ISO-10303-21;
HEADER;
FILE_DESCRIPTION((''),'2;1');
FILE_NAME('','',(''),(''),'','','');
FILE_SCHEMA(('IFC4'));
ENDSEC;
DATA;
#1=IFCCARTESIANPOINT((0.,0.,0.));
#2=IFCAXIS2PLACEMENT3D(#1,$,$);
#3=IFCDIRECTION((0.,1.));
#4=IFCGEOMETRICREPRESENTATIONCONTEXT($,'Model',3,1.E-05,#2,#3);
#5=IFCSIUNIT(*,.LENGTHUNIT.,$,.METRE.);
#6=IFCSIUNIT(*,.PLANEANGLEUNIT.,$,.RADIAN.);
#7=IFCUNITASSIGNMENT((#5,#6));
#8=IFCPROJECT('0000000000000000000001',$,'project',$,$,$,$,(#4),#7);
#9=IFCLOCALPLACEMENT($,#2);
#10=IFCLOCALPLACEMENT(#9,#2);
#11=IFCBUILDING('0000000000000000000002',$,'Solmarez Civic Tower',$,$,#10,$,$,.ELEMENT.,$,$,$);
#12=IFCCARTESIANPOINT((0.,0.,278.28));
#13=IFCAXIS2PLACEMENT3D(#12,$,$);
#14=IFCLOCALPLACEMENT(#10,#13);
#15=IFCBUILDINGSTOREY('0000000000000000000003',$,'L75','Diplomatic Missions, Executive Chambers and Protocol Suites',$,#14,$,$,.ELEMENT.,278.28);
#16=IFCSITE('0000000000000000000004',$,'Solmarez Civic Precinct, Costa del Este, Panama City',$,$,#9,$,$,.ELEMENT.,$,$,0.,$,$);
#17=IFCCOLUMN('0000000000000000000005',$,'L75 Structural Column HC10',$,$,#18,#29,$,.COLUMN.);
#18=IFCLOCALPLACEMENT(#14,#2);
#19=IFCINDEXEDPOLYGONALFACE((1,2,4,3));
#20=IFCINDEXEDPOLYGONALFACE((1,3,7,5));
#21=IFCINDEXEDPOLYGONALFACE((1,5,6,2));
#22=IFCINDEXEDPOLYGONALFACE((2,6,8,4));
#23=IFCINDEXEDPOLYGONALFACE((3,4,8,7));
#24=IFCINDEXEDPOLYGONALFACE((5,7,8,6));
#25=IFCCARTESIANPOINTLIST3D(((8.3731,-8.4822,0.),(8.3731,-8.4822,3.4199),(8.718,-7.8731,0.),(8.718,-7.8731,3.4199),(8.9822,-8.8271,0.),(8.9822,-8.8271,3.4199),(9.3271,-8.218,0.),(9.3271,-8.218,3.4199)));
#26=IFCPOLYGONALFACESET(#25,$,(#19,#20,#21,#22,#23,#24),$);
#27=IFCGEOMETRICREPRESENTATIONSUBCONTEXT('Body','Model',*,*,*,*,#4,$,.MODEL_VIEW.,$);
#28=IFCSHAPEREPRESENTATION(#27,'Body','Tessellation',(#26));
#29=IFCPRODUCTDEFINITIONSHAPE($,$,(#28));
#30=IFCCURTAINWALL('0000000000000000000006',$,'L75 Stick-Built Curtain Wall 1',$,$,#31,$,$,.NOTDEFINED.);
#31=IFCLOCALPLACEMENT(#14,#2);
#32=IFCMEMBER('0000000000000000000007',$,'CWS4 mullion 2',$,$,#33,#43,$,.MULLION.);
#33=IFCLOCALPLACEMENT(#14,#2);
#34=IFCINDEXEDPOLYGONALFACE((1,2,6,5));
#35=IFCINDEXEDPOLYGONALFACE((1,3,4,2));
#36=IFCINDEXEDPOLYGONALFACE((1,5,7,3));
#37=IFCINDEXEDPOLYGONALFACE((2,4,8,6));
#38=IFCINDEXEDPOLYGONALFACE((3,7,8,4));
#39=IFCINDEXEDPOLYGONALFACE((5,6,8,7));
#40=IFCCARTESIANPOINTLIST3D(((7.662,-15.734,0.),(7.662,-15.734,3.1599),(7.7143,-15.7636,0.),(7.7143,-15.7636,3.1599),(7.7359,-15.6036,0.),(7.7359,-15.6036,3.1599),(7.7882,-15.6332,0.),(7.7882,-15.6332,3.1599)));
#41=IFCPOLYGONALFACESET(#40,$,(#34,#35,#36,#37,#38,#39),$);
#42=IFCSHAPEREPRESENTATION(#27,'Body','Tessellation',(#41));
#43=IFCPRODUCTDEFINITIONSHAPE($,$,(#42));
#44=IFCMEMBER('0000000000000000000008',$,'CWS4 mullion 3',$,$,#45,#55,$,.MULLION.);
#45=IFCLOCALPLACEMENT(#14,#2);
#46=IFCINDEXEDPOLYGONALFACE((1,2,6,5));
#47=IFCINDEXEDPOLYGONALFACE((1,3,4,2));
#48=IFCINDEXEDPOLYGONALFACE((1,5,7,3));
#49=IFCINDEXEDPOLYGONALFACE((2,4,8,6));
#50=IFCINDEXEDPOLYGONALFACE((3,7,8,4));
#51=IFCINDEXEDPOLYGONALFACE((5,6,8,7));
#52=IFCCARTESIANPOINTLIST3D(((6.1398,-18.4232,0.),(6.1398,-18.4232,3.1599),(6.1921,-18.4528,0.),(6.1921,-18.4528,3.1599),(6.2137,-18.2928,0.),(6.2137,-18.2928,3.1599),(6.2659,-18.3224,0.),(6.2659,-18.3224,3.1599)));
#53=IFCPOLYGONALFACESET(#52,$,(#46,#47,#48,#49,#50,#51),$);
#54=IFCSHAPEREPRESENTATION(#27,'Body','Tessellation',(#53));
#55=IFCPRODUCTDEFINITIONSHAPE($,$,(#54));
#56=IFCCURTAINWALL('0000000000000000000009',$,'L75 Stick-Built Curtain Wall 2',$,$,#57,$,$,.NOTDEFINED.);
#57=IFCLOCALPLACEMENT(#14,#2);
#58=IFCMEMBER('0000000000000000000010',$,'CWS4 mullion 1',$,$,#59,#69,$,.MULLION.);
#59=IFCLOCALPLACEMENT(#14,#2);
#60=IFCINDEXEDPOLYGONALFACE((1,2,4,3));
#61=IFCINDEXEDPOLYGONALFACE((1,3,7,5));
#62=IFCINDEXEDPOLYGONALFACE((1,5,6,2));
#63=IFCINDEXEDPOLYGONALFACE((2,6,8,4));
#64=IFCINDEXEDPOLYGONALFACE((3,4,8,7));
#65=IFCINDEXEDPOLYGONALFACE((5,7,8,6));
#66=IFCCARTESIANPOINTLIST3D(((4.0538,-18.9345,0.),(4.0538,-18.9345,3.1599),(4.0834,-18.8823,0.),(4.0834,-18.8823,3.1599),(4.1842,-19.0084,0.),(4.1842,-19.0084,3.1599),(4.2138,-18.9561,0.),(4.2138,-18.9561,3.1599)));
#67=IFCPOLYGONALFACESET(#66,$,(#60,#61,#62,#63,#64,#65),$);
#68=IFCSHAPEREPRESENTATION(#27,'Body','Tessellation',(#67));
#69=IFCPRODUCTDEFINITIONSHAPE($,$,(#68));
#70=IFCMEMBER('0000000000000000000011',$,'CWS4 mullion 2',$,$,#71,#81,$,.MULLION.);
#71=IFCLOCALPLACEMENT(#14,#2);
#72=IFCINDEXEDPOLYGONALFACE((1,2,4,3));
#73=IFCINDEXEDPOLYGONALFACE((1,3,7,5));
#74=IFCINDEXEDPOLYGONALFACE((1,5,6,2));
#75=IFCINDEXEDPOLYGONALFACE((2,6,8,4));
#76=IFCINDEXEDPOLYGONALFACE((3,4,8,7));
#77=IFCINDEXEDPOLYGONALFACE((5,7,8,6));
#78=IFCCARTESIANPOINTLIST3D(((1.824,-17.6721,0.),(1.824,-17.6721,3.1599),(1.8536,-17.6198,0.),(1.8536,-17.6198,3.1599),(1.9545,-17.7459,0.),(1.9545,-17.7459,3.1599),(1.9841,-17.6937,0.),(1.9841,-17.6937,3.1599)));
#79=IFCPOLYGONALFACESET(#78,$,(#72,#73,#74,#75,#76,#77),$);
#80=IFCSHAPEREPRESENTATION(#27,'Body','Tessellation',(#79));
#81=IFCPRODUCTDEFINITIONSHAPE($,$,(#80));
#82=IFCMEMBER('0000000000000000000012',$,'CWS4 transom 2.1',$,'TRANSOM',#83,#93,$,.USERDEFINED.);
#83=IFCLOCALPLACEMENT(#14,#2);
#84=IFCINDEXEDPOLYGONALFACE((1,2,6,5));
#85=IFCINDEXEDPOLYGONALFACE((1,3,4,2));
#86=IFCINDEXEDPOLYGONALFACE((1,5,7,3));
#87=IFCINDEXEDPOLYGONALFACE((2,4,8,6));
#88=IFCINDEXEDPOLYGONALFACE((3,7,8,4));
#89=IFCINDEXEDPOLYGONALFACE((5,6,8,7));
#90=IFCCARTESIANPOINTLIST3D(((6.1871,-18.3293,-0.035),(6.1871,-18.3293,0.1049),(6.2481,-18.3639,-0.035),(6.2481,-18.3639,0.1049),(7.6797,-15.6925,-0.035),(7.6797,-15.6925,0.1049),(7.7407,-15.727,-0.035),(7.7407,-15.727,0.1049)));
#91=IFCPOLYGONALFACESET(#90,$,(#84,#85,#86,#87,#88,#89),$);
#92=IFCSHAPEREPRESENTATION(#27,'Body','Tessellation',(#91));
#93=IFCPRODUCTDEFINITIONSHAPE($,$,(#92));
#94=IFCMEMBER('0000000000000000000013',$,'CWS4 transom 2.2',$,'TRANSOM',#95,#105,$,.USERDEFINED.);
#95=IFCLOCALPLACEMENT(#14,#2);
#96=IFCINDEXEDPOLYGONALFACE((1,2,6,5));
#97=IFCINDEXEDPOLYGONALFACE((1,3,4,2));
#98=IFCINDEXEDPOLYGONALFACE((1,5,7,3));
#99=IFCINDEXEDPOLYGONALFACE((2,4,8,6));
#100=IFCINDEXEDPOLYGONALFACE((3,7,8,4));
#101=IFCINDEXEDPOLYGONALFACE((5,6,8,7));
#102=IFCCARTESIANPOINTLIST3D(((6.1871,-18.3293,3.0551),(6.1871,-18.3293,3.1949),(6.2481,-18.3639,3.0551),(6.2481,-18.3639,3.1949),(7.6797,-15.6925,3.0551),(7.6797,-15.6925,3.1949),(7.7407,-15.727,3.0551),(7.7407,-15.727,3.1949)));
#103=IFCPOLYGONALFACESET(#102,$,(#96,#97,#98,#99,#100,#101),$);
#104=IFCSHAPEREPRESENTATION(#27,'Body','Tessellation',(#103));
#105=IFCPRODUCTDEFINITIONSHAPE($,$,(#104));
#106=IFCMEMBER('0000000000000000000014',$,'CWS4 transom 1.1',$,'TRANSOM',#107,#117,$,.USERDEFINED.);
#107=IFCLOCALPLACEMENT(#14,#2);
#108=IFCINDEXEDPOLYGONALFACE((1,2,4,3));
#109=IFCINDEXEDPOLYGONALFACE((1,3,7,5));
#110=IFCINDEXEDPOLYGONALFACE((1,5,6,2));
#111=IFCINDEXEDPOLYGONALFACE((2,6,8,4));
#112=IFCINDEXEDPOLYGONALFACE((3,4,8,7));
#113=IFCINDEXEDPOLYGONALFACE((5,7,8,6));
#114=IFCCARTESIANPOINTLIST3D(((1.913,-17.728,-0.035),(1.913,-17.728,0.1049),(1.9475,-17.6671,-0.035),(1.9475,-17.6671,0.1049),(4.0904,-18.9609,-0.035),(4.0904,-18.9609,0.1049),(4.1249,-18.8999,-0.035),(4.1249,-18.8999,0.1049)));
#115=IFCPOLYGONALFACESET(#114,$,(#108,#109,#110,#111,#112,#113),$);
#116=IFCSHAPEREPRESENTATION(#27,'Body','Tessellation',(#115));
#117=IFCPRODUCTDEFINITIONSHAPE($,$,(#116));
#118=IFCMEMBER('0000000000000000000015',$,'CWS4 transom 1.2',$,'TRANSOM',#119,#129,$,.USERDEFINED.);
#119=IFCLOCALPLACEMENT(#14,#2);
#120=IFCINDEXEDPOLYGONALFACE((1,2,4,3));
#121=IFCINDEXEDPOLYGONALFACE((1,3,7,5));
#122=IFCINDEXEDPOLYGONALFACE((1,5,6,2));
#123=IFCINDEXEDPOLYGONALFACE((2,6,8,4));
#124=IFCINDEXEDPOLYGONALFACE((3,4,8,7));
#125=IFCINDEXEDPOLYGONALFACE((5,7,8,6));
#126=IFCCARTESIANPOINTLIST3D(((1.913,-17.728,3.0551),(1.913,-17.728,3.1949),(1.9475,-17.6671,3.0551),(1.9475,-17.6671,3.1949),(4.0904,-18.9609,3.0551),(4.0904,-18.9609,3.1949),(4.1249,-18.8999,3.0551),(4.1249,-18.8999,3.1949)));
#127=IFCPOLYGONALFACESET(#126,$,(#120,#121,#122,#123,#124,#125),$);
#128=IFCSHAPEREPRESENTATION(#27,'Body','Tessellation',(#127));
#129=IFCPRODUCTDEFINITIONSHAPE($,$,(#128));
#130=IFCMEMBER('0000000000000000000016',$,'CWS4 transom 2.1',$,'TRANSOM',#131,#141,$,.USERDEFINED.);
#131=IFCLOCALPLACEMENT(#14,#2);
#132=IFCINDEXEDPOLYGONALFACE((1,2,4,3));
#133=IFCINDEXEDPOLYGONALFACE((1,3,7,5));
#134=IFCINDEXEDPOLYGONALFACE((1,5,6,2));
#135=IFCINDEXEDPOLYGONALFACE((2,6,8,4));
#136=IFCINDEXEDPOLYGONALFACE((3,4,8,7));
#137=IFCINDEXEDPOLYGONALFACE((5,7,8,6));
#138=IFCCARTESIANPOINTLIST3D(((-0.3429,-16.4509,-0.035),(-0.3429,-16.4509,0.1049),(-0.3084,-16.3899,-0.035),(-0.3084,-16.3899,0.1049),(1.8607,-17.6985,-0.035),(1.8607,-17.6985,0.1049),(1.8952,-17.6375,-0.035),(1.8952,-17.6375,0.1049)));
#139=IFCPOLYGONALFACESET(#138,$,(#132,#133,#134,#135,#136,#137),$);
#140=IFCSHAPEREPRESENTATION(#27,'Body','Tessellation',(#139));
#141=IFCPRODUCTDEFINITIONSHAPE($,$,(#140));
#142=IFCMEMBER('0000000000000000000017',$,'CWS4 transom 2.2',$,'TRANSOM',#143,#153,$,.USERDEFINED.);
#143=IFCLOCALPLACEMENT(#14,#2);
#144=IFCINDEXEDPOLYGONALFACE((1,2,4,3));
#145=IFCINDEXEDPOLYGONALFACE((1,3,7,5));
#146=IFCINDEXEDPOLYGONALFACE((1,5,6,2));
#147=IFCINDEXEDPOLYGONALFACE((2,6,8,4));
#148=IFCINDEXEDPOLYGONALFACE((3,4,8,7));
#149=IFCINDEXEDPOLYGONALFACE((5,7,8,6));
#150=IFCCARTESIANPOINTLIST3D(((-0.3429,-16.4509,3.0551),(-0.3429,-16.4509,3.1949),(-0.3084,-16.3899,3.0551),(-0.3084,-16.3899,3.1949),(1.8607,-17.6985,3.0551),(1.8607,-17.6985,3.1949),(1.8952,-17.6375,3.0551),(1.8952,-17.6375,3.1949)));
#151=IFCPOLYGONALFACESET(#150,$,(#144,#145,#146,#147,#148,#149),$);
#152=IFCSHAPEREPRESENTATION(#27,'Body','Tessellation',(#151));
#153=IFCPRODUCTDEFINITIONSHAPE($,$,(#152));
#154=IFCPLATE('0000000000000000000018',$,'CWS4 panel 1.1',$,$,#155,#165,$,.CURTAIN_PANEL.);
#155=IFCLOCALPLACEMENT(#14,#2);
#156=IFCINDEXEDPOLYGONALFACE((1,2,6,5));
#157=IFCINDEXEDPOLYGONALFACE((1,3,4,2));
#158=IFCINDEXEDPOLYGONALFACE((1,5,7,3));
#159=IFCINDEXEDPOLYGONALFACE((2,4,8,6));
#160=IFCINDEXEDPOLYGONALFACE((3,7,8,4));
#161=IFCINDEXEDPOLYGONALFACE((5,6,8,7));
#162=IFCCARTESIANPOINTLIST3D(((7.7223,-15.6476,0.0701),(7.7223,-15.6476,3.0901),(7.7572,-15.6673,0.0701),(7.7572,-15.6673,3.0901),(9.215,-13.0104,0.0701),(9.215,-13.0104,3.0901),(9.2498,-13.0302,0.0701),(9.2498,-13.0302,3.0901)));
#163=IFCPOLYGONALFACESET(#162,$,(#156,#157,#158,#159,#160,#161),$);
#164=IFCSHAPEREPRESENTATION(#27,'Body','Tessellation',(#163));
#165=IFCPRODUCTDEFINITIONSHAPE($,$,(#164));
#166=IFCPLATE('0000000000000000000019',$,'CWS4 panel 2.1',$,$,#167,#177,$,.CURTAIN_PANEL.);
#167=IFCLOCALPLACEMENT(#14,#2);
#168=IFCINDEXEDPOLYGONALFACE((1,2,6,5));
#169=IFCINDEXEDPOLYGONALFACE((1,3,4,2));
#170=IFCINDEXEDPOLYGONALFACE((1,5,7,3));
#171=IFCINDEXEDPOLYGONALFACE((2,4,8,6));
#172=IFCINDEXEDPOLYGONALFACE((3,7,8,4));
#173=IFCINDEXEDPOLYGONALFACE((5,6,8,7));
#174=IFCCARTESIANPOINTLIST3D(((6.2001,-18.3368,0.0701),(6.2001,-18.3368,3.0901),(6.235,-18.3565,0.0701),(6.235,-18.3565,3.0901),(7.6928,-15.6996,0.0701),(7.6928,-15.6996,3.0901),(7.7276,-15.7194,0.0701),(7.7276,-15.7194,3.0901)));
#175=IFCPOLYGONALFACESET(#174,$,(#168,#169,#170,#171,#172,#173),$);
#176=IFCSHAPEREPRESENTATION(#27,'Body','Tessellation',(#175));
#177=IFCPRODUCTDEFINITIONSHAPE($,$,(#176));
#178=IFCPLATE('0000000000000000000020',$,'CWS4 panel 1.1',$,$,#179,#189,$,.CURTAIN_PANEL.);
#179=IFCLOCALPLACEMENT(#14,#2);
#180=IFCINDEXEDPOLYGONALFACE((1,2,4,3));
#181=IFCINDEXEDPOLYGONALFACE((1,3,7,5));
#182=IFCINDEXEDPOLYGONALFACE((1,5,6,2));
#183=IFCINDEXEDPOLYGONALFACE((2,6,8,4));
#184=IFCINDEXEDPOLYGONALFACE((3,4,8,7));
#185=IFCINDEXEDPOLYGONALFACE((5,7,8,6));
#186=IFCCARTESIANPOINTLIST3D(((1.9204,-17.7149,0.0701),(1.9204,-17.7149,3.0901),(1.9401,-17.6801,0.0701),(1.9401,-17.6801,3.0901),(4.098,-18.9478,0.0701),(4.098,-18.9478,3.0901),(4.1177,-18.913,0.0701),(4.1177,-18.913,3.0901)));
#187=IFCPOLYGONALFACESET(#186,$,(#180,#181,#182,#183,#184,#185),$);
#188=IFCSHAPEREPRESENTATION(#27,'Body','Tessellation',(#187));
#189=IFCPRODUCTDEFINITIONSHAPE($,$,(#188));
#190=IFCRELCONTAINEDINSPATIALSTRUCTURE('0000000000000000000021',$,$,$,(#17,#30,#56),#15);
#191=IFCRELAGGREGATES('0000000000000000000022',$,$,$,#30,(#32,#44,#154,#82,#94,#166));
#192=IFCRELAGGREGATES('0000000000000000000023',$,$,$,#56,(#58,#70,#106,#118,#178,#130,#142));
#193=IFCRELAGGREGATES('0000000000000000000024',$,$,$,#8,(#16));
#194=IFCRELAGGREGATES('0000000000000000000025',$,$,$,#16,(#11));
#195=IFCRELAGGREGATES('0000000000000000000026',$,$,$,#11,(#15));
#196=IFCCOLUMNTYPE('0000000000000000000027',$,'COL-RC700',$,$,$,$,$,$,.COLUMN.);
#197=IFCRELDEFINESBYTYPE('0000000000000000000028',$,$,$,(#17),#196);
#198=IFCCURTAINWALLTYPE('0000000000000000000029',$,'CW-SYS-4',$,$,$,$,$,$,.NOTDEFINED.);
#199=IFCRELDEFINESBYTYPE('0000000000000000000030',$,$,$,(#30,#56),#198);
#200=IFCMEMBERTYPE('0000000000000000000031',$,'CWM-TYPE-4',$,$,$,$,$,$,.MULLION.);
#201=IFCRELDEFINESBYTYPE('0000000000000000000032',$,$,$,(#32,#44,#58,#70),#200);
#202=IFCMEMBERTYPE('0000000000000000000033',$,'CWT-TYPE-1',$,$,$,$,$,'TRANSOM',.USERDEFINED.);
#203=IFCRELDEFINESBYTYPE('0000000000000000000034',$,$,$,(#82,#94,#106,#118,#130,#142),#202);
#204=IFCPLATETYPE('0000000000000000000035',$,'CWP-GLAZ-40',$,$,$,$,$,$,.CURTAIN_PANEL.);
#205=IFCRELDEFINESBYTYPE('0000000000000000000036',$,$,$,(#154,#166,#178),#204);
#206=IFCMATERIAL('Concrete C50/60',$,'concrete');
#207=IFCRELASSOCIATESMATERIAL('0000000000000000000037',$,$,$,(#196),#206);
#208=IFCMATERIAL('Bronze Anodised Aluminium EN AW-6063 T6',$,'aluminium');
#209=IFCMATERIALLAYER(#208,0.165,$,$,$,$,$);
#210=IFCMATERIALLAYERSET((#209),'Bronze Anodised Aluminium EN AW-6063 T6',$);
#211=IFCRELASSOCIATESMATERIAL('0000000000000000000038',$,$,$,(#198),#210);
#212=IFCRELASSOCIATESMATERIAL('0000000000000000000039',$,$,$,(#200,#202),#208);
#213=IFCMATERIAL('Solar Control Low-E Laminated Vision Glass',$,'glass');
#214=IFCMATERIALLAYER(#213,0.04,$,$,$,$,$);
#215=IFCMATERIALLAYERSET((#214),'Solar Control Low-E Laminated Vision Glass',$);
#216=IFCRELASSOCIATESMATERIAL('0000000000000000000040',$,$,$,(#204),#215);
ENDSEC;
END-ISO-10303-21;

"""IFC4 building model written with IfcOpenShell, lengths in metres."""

from ifc_helpers import new_model, si_unit, direction, frame, origin, origin_2d, place, context, subcontext, project, spatial, rectangle, extrude, material, layer, layer_set, material_profile, profile_set, type_object, element, aggregate, save


model = new_model("IFC4")

# Units and contexts
model_context = context("Model", 3, precision=1e-05, world=origin(), true_north=direction((0.0, 1.0)))
body_context = subcontext(model_context, "Body", "Model", "MODEL_VIEW")
ifc_project = project(units=[si_unit("LENGTHUNIT", "METRE"), si_unit("PLANEANGLEUNIT", "RADIAN")], contexts=[model_context])

# Site, building, storey
site_placement = place(None, origin())
site = spatial("IfcSite", under=ifc_project, at=site_placement, Name="Solmarez Civic Precinct, Costa del Este, Panama City", CompositionType="ELEMENT", RefElevation=0.0)
building_placement = place(site_placement, origin())
building = spatial("IfcBuilding", under=site, at=building_placement, Name="Solmarez Civic Tower", CompositionType="ELEMENT")
storey_placement = place(building_placement, frame((0.0, 0.0, 278.28)))
storey = spatial("IfcBuildingStorey", under=building, at=storey_placement, Name="L75", Description="Diplomatic Missions, Executive Chambers and Protocol Suites", CompositionType="ELEMENT", Elevation=278.28)

# Column
ifc_material_1 = material(Name="Concrete C50/60", Category="concrete")
ifc_material_profile_1 = material_profile(ifc_material_1, rectangle(XDim=0.7, YDim=0.7, at=origin_2d()), Name="RC700X700")
ifc_profile_set_1 = profile_set([ifc_material_profile_1], Name="Concrete C50/60")
column_type = type_object("IfcColumnType", Name="COL-RC700", PredefinedType="COLUMN", material=ifc_profile_set_1)
column_placement = place(storey_placement, frame((8.8501, -8.3501, 0.0), z_axis=(0.0, 0.0, 1.0), x_axis=(0.492727, 0.870184, 0.0)))
element("IfcColumn", 1, at=column_placement, inside=storey, type_object=column_type, Name="L75 Structural Column HC10", PredefinedType="COLUMN", context=body_context, shape_type="SweptSolid", body=[
    extrude(rectangle(XDim=0.7, YDim=0.7, at=origin_2d()), origin(), (0.0, 0.0, 1.0), 3.4199),
])

# Curtain walls, members
ifc_material_2 = material(Name="Bronze Anodised Aluminium EN AW-6063 T6", Category="aluminium")
ifc_layer_1 = layer(ifc_material_2, 0.165)
ifc_layer_set_1 = layer_set([ifc_layer_1], Name="Bronze Anodised Aluminium EN AW-6063 T6")
curtain_wall_type = type_object("IfcCurtainWallType", Name="CW-SYS-4", PredefinedType="NOTDEFINED", material=ifc_layer_set_1)
curtain_wall_1_placement = place(storey_placement, origin())
curtain_wall_1 = element("IfcCurtainWall", 2, at=curtain_wall_1_placement, inside=storey, type_object=curtain_wall_type, Name="L75 Stick-Built Curtain Wall 1", PredefinedType="NOTDEFINED")
ifc_material_profile_2 = material_profile(ifc_material_2, rectangle(XDim=0.0601, YDim=0.1499, at=origin_2d()), Name="CWM-60X150")
ifc_profile_set_2 = profile_set([ifc_material_profile_2], Name="Bronze Anodised Aluminium EN AW-6063 T6")
member_type_1 = type_object("IfcMemberType", Name="CWM-TYPE-4", PredefinedType="MULLION", material=ifc_profile_set_2)
member_1_placement = place(storey_placement, frame((7.7251, -15.6836, 0.0), z_axis=(0.0, 0.0, 1.0), x_axis=(0.870267, -0.49258, 0.0)))
member_1 = element("IfcMember", 3, at=member_1_placement, type_object=member_type_1, Name="CWS4 mullion 2", PredefinedType="MULLION", context=body_context, shape_type="SweptSolid", body=[
    extrude(rectangle(XDim=0.0601, YDim=0.1499, at=origin_2d()), origin(), (0.0, 0.0, 1.0), 3.1599),
])
member_2_placement = place(storey_placement, frame((6.2029, -18.3728, 0.0), z_axis=(0.0, 0.0, 1.0), x_axis=(0.870267, -0.49258, 0.0)))
member_2 = element("IfcMember", 4, at=member_2_placement, type_object=member_type_1, Name="CWS4 mullion 3", PredefinedType="MULLION", context=body_context, shape_type="SweptSolid", body=[
    extrude(rectangle(XDim=0.0601, YDim=0.1499, at=origin_2d()), origin(), (0.0, 0.0, 1.0), 3.1599),
])
curtain_wall_2_placement = place(storey_placement, origin())
curtain_wall_2 = element("IfcCurtainWall", 5, at=curtain_wall_2_placement, inside=storey, type_object=curtain_wall_type, Name="L75 Stick-Built Curtain Wall 2", PredefinedType="NOTDEFINED")
member_3_placement = place(storey_placement, frame((4.1338, -18.9453, 0.0), z_axis=(0.0, 0.0, 1.0), x_axis=(-0.492679, -0.870211, 0.0)))
member_3 = element("IfcMember", 6, at=member_3_placement, type_object=member_type_1, Name="CWS4 mullion 1", PredefinedType="MULLION", context=body_context, shape_type="SweptSolid", body=[
    extrude(rectangle(XDim=0.0601, YDim=0.1499, at=origin_2d()), origin(), (0.0, 0.0, 1.0), 3.1599),
])
member_4_placement = place(storey_placement, frame((1.9041, -17.6829, 0.0), z_axis=(0.0, 0.0, 1.0), x_axis=(-0.492679, -0.870211, 0.0)))
member_4 = element("IfcMember", 7, at=member_4_placement, type_object=member_type_1, Name="CWS4 mullion 2", PredefinedType="MULLION", context=body_context, shape_type="SweptSolid", body=[
    extrude(rectangle(XDim=0.0601, YDim=0.1499, at=origin_2d()), origin(), (0.0, 0.0, 1.0), 3.1599),
])

# Members
ifc_material_profile_3 = material_profile(ifc_material_2, rectangle(XDim=0.0701, YDim=0.1399, at=origin_2d()), Name="CWT-70X140")
ifc_profile_set_3 = profile_set([ifc_material_profile_3], Name="Bronze Anodised Aluminium EN AW-6063 T6")
member_type_2 = type_object("IfcMemberType", Name="CWT-TYPE-1", ElementType="TRANSOM", PredefinedType="USERDEFINED", material=ifc_profile_set_3)
member_5_placement = place(storey_placement, frame((7.7102, -15.7097, 0.0349), z_axis=(-0.492612, -0.870249, 0.0), x_axis=(0.870249, -0.492612, 0.0)))
member_5 = element("IfcMember", 8, at=member_5_placement, type_object=member_type_2, Name="CWS4 transom 2.1", ObjectType="TRANSOM", PredefinedType="USERDEFINED", context=body_context, shape_type="SweptSolid", body=[
    extrude(rectangle(XDim=0.0701, YDim=0.1399, at=origin_2d()), origin(), (0.0, 0.0, 1.0), 3.03),
])
member_6_placement = place(storey_placement, frame((7.7102, -15.7097, 3.125), z_axis=(-0.492612, -0.870249, 0.0), x_axis=(0.870249, -0.492612, 0.0)))
member_6 = element("IfcMember", 9, at=member_6_placement, type_object=member_type_2, Name="CWS4 transom 2.2", ObjectType="TRANSOM", PredefinedType="USERDEFINED", context=body_context, shape_type="SweptSolid", body=[
    extrude(rectangle(XDim=0.0701, YDim=0.1399, at=origin_2d()), origin(), (0.0, 0.0, 1.0), 3.03),
])
member_7_placement = place(storey_placement, frame((4.1077, -18.9304, 0.0349), z_axis=(-0.870194, 0.49271, 0.0), x_axis=(-0.49271, -0.870194, 0.0)))
member_7 = element("IfcMember", 10, at=member_7_placement, type_object=member_type_2, Name="CWS4 transom 1.1", ObjectType="TRANSOM", PredefinedType="USERDEFINED", context=body_context, shape_type="SweptSolid", body=[
    extrude(rectangle(XDim=0.0701, YDim=0.1399, at=origin_2d()), origin(), (0.0, 0.0, 1.0), 2.5022),
])
member_8_placement = place(storey_placement, frame((4.1077, -18.9304, 3.125), z_axis=(-0.870194, 0.49271, 0.0), x_axis=(-0.49271, -0.870194, 0.0)))
member_8 = element("IfcMember", 11, at=member_8_placement, type_object=member_type_2, Name="CWS4 transom 1.2", ObjectType="TRANSOM", PredefinedType="USERDEFINED", context=body_context, shape_type="SweptSolid", body=[
    extrude(rectangle(XDim=0.0701, YDim=0.1399, at=origin_2d()), origin(), (0.0, 0.0, 1.0), 2.5022),
])
member_9_placement = place(storey_placement, frame((1.8779, -17.668, 0.0349), z_axis=(-0.870218, 0.492667, 0.0), x_axis=(-0.492667, -0.870218, 0.0)))
member_9 = element("IfcMember", 12, at=member_9_placement, type_object=member_type_2, Name="CWS4 transom 2.1", ObjectType="TRANSOM", PredefinedType="USERDEFINED", context=body_context, shape_type="SweptSolid", body=[
    extrude(rectangle(XDim=0.0701, YDim=0.1399, at=origin_2d()), origin(), (0.0, 0.0, 1.0), 2.5322),
])
member_10_placement = place(storey_placement, frame((1.8779, -17.668, 3.125), z_axis=(-0.870218, 0.492667, 0.0), x_axis=(-0.492667, -0.870218, 0.0)))
member_10 = element("IfcMember", 13, at=member_10_placement, type_object=member_type_2, Name="CWS4 transom 2.2", ObjectType="TRANSOM", PredefinedType="USERDEFINED", context=body_context, shape_type="SweptSolid", body=[
    extrude(rectangle(XDim=0.0701, YDim=0.1399, at=origin_2d()), origin(), (0.0, 0.0, 1.0), 2.5322),
])

# Plates
ifc_material_3 = material(Name="Solar Control Low-E Laminated Vision Glass", Category="glass")
ifc_layer_2 = layer(ifc_material_3, 0.04)
ifc_layer_set_2 = layer_set([ifc_layer_2], Name="Solar Control Low-E Laminated Vision Glass")
plate_type = type_object("IfcPlateType", Name="CWP-GLAZ-40", PredefinedType="CURTAIN_PANEL", material=ifc_layer_set_2)
plate_1_placement = place(storey_placement, frame((8.4861, -14.3389, 0.0701), z_axis=(0.0, 0.0, 1.0), x_axis=(-0.49258, -0.870267, 0.0)))
plate_1 = element("IfcPlate", 14, at=plate_1_placement, type_object=plate_type, Name="CWS4 panel 1.1", PredefinedType="CURTAIN_PANEL", context=body_context, shape_type="SweptSolid", body=[
    extrude(rectangle(XDim=3.0303, YDim=0.04, at=origin_2d()), origin(), (0.0, 0.0, 1.0), 3.02),
])
plate_2_placement = place(storey_placement, frame((6.9639, -17.0281, 0.0701), z_axis=(0.0, 0.0, 1.0), x_axis=(-0.49258, -0.870267, 0.0)))
plate_2 = element("IfcPlate", 15, at=plate_2_placement, type_object=plate_type, Name="CWS4 panel 2.1", PredefinedType="CURTAIN_PANEL", context=body_context, shape_type="SweptSolid", body=[
    extrude(rectangle(XDim=3.0303, YDim=0.04, at=origin_2d()), origin(), (0.0, 0.0, 1.0), 3.02),
])
aggregate(curtain_wall_1, [member_1, member_2, plate_1, member_5, member_6, plate_2])
plate_3_placement = place(storey_placement, frame((3.019, -18.314, 0.0701), z_axis=(0.0, 0.0, 1.0), x_axis=(-0.870211, 0.492679, 0.0)))
plate_3 = element("IfcPlate", 16, at=plate_3_placement, type_object=plate_type, Name="CWS4 panel 1.1", PredefinedType="CURTAIN_PANEL", context=body_context, shape_type="SweptSolid", body=[
    extrude(rectangle(XDim=2.5024, YDim=0.04, at=origin_2d()), origin(), (0.0, 0.0, 1.0), 3.02),
])
aggregate(curtain_wall_2, [member_3, member_4, member_7, member_8, plate_3, member_9, member_10])

save(model, "model.ifc")
